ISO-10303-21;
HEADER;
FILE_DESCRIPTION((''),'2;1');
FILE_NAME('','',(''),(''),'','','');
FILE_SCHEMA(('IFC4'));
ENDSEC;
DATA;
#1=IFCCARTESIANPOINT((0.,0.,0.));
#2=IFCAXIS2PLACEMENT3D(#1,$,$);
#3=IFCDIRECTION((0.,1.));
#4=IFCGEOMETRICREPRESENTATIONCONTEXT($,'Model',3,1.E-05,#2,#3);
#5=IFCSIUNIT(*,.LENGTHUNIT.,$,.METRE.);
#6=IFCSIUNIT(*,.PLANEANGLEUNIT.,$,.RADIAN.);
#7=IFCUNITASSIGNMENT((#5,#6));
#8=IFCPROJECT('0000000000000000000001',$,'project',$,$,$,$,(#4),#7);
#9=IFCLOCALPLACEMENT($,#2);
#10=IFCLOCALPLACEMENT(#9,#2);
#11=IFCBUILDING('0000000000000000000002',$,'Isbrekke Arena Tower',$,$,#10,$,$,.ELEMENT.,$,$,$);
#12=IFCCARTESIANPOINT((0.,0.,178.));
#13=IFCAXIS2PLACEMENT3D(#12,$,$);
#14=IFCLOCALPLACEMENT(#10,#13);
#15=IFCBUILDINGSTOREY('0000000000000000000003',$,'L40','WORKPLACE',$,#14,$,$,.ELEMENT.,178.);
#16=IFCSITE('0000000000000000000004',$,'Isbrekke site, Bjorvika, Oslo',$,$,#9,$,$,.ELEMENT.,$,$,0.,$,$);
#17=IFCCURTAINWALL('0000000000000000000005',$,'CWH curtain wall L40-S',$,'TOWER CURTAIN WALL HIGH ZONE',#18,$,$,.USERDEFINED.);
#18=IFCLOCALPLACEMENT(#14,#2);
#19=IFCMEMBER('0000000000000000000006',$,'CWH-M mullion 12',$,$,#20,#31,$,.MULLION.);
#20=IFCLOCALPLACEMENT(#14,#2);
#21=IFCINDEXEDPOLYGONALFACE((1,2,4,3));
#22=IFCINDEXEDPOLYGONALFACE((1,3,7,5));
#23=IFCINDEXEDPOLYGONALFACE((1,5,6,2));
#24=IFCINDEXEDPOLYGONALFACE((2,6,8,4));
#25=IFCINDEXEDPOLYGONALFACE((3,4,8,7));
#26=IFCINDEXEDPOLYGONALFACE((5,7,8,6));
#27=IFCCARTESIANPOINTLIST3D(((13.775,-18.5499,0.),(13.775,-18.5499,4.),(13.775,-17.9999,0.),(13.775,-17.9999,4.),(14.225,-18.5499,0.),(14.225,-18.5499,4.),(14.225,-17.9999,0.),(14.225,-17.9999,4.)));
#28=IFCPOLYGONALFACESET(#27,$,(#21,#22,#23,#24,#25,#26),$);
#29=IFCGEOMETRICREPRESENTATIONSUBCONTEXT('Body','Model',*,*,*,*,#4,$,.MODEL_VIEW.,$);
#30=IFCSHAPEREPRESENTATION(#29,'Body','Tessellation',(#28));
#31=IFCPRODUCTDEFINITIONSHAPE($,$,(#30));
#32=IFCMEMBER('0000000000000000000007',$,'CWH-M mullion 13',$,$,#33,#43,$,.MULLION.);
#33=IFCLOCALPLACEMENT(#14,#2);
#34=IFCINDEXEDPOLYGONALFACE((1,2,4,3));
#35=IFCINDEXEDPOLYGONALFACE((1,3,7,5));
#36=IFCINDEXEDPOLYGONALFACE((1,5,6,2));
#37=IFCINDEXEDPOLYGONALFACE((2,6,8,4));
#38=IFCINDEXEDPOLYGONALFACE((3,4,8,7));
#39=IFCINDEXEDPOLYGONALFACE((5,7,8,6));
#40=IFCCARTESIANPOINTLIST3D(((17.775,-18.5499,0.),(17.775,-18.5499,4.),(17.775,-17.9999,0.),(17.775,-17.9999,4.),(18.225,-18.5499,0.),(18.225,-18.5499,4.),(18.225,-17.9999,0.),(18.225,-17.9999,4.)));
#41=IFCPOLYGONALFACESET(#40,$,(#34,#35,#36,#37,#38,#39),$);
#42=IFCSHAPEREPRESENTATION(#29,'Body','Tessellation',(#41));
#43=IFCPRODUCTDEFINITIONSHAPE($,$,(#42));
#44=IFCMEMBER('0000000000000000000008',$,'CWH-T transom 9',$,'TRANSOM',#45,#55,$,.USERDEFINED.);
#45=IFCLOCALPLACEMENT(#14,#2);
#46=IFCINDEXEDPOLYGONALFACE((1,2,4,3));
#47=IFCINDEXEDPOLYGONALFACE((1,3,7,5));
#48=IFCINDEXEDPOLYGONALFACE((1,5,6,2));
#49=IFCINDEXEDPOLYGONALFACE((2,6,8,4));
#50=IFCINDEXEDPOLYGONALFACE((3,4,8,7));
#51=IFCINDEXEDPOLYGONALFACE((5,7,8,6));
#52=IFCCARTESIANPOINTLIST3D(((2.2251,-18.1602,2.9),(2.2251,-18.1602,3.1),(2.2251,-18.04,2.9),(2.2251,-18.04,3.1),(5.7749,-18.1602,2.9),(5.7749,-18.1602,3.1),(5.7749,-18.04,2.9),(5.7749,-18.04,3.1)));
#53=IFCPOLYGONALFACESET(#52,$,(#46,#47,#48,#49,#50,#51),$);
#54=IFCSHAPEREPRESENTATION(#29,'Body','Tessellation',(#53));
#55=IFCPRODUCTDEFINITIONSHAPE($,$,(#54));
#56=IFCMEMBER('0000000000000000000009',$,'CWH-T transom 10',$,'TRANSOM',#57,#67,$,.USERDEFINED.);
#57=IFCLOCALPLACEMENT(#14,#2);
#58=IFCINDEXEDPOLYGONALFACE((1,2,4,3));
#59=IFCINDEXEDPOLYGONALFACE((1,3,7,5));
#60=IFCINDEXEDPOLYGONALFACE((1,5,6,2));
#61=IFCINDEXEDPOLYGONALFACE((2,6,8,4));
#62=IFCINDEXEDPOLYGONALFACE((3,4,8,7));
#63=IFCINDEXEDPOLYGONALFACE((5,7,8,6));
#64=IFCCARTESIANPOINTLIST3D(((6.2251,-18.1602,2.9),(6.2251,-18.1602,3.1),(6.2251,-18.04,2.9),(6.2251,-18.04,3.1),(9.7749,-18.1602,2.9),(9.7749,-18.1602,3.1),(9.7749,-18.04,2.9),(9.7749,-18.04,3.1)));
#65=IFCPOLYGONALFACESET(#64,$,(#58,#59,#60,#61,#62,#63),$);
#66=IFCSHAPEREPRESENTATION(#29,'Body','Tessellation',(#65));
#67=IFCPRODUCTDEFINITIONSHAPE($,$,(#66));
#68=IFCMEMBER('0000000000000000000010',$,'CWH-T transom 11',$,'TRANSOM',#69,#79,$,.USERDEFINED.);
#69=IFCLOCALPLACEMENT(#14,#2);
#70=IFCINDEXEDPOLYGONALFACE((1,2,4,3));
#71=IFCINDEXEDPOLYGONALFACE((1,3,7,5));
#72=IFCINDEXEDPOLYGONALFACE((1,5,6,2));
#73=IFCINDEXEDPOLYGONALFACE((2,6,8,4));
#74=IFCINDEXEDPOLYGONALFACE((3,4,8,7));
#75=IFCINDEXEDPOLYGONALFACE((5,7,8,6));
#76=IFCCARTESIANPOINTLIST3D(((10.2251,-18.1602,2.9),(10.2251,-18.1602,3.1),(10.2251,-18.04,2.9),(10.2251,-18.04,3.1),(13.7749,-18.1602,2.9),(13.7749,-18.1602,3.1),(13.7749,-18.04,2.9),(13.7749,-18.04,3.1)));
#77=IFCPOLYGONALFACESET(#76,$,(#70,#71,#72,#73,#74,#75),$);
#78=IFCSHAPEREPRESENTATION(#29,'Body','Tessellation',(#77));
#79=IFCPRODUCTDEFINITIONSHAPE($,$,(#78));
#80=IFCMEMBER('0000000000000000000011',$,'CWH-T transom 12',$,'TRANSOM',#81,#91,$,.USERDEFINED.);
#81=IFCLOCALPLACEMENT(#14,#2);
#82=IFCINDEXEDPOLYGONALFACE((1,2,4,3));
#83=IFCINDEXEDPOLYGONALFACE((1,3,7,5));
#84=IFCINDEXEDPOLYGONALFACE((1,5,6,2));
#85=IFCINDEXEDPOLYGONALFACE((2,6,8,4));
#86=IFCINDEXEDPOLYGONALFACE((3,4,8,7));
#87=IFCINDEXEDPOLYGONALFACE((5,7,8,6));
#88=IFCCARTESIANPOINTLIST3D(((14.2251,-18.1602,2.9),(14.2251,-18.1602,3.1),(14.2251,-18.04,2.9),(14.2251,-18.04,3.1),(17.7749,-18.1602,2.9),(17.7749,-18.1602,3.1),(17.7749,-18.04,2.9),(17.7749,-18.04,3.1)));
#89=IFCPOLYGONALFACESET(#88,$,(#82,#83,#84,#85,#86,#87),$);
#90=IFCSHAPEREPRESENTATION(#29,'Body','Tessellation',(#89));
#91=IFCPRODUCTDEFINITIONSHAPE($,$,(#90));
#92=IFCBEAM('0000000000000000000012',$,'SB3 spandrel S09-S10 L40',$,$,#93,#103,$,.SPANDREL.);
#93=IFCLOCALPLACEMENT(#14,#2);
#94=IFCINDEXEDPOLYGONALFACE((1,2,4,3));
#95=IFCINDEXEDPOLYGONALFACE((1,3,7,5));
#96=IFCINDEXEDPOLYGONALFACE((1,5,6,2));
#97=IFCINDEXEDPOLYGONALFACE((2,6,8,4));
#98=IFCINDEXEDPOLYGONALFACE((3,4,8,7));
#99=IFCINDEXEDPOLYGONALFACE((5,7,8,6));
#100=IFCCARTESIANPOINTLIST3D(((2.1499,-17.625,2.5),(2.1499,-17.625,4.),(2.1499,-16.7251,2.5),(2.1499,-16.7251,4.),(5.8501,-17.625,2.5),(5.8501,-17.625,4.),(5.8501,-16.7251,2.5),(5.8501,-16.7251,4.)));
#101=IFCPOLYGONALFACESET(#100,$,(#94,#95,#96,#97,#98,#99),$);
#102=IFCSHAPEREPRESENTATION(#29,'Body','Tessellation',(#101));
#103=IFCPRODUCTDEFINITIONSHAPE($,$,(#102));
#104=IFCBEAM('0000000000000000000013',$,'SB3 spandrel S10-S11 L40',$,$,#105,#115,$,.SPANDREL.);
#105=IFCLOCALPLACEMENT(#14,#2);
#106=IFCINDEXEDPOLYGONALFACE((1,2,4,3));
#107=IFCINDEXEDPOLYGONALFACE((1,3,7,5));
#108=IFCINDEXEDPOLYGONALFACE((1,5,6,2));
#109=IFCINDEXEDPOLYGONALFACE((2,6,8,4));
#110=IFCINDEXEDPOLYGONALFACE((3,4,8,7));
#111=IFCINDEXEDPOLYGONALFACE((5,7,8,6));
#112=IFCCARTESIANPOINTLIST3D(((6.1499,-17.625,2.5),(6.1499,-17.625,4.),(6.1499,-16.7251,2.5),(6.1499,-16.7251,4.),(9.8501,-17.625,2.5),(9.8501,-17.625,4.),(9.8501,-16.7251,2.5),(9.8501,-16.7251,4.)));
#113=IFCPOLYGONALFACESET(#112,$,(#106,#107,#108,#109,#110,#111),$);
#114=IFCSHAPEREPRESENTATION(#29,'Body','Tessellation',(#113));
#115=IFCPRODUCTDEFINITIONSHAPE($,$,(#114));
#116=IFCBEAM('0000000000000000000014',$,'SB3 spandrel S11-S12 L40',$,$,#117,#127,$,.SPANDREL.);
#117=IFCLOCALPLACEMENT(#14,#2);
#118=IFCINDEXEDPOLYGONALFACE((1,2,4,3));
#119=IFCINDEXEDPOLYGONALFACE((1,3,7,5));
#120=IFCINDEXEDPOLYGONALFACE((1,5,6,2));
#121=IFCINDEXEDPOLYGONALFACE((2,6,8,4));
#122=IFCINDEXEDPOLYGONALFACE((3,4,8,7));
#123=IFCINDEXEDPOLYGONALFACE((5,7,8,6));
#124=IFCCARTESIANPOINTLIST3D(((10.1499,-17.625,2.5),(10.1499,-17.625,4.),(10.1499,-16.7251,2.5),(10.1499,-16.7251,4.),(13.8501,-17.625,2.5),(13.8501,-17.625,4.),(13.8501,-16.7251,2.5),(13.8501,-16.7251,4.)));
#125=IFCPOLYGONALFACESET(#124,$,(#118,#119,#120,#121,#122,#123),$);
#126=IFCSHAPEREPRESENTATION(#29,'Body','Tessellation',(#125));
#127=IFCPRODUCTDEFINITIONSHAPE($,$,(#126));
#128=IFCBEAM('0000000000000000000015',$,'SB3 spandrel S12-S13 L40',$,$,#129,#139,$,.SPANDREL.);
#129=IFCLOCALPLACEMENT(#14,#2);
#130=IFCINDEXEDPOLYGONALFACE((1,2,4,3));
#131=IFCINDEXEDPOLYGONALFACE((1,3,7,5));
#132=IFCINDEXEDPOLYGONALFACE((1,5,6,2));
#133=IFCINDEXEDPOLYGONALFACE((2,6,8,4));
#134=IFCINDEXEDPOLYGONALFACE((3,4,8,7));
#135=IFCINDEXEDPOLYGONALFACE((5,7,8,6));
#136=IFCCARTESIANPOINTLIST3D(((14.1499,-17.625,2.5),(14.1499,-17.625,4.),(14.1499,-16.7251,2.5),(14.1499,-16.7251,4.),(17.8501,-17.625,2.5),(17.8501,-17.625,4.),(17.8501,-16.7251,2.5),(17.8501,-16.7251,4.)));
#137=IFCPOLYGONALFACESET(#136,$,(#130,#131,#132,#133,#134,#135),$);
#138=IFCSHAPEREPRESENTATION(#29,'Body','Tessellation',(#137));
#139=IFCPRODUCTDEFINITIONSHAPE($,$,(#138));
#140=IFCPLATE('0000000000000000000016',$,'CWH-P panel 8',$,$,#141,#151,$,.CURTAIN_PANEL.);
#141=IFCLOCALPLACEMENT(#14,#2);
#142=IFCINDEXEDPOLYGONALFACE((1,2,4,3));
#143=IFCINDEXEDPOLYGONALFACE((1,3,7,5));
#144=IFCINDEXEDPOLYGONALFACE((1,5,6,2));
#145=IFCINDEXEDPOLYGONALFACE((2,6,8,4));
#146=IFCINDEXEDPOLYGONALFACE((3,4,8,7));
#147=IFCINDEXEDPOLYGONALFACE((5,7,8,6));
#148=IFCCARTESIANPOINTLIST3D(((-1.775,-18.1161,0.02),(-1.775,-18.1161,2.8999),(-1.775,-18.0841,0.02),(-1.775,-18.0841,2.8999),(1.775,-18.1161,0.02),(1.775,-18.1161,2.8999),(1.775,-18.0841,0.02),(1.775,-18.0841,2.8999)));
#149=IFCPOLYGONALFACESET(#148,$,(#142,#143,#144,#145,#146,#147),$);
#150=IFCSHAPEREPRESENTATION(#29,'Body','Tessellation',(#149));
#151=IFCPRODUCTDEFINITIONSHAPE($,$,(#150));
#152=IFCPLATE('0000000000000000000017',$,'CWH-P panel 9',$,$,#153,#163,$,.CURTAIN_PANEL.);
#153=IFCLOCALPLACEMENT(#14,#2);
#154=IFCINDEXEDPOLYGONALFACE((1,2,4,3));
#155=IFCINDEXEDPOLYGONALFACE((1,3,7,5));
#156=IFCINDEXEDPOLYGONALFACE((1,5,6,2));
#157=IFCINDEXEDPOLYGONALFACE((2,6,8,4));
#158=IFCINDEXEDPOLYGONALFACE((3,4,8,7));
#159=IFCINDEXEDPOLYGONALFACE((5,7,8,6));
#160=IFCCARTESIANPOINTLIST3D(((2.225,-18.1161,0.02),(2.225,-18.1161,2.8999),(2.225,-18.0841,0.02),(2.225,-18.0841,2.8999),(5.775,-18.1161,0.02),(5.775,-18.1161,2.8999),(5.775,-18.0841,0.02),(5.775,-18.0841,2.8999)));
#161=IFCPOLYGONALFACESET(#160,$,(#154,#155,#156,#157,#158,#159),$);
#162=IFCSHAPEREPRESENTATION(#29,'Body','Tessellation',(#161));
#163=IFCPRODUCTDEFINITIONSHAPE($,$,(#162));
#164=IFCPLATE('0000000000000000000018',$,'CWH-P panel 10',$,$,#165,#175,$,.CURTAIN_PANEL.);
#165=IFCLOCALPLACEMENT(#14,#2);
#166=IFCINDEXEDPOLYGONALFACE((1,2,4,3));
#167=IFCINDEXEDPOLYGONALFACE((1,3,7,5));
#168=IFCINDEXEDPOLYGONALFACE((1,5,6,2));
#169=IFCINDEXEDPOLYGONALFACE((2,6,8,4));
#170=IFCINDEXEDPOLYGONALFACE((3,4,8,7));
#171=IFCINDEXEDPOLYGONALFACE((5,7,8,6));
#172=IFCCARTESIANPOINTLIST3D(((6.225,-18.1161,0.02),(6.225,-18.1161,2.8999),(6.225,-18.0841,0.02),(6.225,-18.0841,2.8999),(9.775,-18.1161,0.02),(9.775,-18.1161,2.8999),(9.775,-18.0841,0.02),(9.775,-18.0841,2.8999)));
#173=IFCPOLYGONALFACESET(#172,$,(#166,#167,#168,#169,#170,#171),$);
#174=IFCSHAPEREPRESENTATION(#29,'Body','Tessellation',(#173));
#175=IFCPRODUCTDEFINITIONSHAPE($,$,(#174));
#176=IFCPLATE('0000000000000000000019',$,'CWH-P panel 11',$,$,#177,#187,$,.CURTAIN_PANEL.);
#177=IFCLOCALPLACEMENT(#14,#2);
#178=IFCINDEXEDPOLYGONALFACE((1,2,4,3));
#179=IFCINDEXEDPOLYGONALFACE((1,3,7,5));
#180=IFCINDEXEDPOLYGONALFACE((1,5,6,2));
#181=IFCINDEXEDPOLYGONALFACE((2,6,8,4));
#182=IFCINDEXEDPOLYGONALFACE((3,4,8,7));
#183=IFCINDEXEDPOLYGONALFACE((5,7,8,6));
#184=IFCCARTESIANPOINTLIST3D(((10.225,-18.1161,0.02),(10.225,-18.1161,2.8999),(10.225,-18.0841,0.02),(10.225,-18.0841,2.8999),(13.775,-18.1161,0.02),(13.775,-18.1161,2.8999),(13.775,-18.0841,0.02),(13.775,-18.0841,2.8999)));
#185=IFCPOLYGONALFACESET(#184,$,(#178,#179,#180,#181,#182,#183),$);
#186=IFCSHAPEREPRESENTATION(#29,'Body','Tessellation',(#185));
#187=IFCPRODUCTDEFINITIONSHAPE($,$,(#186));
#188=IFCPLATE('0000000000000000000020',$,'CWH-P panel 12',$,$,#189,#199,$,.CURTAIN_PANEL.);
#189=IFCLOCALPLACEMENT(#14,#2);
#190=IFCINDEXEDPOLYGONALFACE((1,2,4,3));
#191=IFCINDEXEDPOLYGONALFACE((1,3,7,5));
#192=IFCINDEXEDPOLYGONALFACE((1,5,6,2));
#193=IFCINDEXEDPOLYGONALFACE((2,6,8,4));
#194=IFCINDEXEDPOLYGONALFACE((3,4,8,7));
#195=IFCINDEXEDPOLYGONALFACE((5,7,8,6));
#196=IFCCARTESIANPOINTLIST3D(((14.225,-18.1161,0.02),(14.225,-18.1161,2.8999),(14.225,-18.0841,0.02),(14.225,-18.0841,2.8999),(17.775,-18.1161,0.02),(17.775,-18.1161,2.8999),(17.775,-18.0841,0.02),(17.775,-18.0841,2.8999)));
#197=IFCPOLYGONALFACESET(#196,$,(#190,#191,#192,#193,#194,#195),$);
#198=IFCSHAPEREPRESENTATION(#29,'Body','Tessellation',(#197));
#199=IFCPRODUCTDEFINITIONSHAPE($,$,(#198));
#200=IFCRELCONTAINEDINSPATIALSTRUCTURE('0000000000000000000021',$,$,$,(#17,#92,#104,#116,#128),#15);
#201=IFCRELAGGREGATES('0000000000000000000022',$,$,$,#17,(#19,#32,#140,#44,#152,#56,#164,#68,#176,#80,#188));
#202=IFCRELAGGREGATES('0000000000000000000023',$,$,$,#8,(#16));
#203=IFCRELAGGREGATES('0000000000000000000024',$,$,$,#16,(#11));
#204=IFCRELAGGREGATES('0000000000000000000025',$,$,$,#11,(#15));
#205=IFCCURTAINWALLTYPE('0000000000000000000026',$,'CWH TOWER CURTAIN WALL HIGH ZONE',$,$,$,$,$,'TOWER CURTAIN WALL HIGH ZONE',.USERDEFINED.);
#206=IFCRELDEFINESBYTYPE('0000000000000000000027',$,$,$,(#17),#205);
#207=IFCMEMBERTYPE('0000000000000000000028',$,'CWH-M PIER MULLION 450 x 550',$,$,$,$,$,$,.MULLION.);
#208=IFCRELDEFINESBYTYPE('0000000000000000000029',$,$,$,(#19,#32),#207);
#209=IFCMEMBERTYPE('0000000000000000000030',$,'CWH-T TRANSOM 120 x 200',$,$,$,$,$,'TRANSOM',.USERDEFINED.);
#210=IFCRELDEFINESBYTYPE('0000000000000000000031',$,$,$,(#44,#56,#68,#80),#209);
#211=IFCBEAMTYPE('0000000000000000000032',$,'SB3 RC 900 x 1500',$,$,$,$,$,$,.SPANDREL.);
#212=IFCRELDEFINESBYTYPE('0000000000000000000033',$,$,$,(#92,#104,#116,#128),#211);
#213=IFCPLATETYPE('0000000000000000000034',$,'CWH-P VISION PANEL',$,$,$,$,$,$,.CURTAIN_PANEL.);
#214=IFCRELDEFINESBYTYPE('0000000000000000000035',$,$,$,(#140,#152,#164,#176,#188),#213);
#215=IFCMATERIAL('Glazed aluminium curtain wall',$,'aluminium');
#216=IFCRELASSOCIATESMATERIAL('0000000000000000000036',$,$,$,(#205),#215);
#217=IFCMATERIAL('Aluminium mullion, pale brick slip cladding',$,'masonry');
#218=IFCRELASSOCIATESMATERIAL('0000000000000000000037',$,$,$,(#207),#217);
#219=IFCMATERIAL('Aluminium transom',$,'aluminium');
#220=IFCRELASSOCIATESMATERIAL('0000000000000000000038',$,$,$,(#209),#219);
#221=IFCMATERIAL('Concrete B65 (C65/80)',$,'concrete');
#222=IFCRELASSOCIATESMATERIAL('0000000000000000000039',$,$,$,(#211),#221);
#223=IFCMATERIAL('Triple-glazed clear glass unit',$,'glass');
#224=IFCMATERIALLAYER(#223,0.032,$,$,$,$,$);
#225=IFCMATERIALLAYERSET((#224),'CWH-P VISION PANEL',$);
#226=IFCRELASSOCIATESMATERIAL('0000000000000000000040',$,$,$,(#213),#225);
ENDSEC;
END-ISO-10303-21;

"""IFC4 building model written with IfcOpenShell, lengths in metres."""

from ifc_helpers import new_model, si_unit, direction, frame, origin, origin_2d, place, context, subcontext, project, spatial, rectangle, extrude, material, layer, layer_set, material_profile, profile_set, type_object, element, aggregate, save


model = new_model("IFC4")

# Units and contexts
model_context = context("Model", 3, precision=1e-05, world=origin(), true_north=direction((0.0, 1.0)))
body_context = subcontext(model_context, "Body", "Model", "MODEL_VIEW")
ifc_project = project(units=[si_unit("LENGTHUNIT", "METRE"), si_unit("PLANEANGLEUNIT", "RADIAN")], contexts=[model_context])

# Site, building, storey
site_placement = place(None, origin())
site = spatial("IfcSite", under=ifc_project, at=site_placement, Name="Isbrekke site, Bjorvika, Oslo", CompositionType="ELEMENT", RefElevation=0.0)
building_placement = place(site_placement, origin())
building = spatial("IfcBuilding", under=site, at=building_placement, Name="Isbrekke Arena Tower", CompositionType="ELEMENT")
storey_placement = place(building_placement, frame((0.0, 0.0, 178.0)))
storey = spatial("IfcBuildingStorey", under=building, at=storey_placement, Name="L40", Description="WORKPLACE", CompositionType="ELEMENT", Elevation=178.0)

# Curtain wall, members
ifc_material_1 = material(Name="Glazed aluminium curtain wall", Category="aluminium")
curtain_wall_type = type_object("IfcCurtainWallType", Name="CWH TOWER CURTAIN WALL HIGH ZONE", ElementType="TOWER CURTAIN WALL HIGH ZONE", PredefinedType="USERDEFINED", material=ifc_material_1)
curtain_wall_placement = place(storey_placement, origin())
curtain_wall = element("IfcCurtainWall", 1, at=curtain_wall_placement, inside=storey, type_object=curtain_wall_type, Name="CWH curtain wall L40-S", ObjectType="TOWER CURTAIN WALL HIGH ZONE", PredefinedType="USERDEFINED")
ifc_material_2 = material(Name="Aluminium mullion, pale brick slip cladding", Category="masonry")
ifc_material_profile_1 = material_profile(ifc_material_2, rectangle(XDim=0.45, YDim=0.55, at=origin_2d()), Name="PIER 450X550")
ifc_profile_set_1 = profile_set([ifc_material_profile_1], Name="Aluminium mullion, pale brick slip cladding")
member_type_1 = type_object("IfcMemberType", Name="CWH-M PIER MULLION 450 x 550", PredefinedType="MULLION", material=ifc_profile_set_1)
member_1_placement = place(storey_placement, frame((14.0, -18.2749, 0.0), z_axis=(0.0, 0.0, 1.0), x_axis=(1.0, 0.0, 0.0)))
member_1 = element("IfcMember", 2, at=member_1_placement, type_object=member_type_1, Name="CWH-M mullion 12", PredefinedType="MULLION", context=body_context, shape_type="SweptSolid", body=[
    extrude(rectangle(XDim=0.45, YDim=0.55, at=origin_2d()), origin(), (0.0, 0.0, 1.0), 4.0),
])
member_2_placement = place(storey_placement, frame((18.0, -18.2749, 0.0), z_axis=(0.0, 0.0, 1.0), x_axis=(1.0, 0.0, 0.0)))
member_2 = element("IfcMember", 3, at=member_2_placement, type_object=member_type_1, Name="CWH-M mullion 13", PredefinedType="MULLION", context=body_context, shape_type="SweptSolid", body=[
    extrude(rectangle(XDim=0.45, YDim=0.55, at=origin_2d()), origin(), (0.0, 0.0, 1.0), 4.0),
])
ifc_material_3 = material(Name="Aluminium transom", Category="aluminium")
ifc_material_profile_2 = material_profile(ifc_material_3, rectangle(XDim=0.1201, YDim=0.2, at=origin_2d()), Name="TRANSOM 120X200")
ifc_profile_set_2 = profile_set([ifc_material_profile_2], Name="Aluminium transom")
member_type_2 = type_object("IfcMemberType", Name="CWH-T TRANSOM 120 x 200", ElementType="TRANSOM", PredefinedType="USERDEFINED", material=ifc_profile_set_2)
member_3_placement = place(storey_placement, frame((2.2251, -18.1001, 3.0), z_axis=(1.0, 0.0, 0.0), x_axis=(0.0, 1.0, 0.0)))
member_3 = element("IfcMember", 4, at=member_3_placement, type_object=member_type_2, Name="CWH-T transom 9", ObjectType="TRANSOM", PredefinedType="USERDEFINED", context=body_context, shape_type="SweptSolid", body=[
    extrude(rectangle(XDim=0.1201, YDim=0.2, at=origin_2d()), origin(), (0.0, 0.0, 1.0), 3.5498),
])
member_4_placement = place(storey_placement, frame((6.2251, -18.1001, 3.0), z_axis=(1.0, 0.0, 0.0), x_axis=(0.0, 1.0, 0.0)))
member_4 = element("IfcMember", 5, at=member_4_placement, type_object=member_type_2, Name="CWH-T transom 10", ObjectType="TRANSOM", PredefinedType="USERDEFINED", context=body_context, shape_type="SweptSolid", body=[
    extrude(rectangle(XDim=0.1201, YDim=0.2, at=origin_2d()), origin(), (0.0, 0.0, 1.0), 3.5498),
])
member_5_placement = place(storey_placement, frame((10.2251, -18.1001, 3.0), z_axis=(1.0, 0.0, 0.0), x_axis=(0.0, 1.0, 0.0)))
member_5 = element("IfcMember", 6, at=member_5_placement, type_object=member_type_2, Name="CWH-T transom 11", ObjectType="TRANSOM", PredefinedType="USERDEFINED", context=body_context, shape_type="SweptSolid", body=[
    extrude(rectangle(XDim=0.1201, YDim=0.2, at=origin_2d()), origin(), (0.0, 0.0, 1.0), 3.5498),
])
member_6_placement = place(storey_placement, frame((14.2251, -18.1001, 3.0), z_axis=(1.0, 0.0, 0.0), x_axis=(0.0, 1.0, 0.0)))
member_6 = element("IfcMember", 7, at=member_6_placement, type_object=member_type_2, Name="CWH-T transom 12", ObjectType="TRANSOM", PredefinedType="USERDEFINED", context=body_context, shape_type="SweptSolid", body=[
    extrude(rectangle(XDim=0.1201, YDim=0.2, at=origin_2d()), origin(), (0.0, 0.0, 1.0), 3.5498),
])

# Beams
ifc_material_4 = material(Name="Concrete B65 (C65/80)", Category="concrete")
ifc_material_profile_3 = material_profile(ifc_material_4, rectangle(XDim=0.8999, YDim=1.5, at=origin_2d()), Name="RC 900x1500")
ifc_profile_set_3 = profile_set([ifc_material_profile_3], Name="Concrete B65 (C65/80)")
beam_type_1 = type_object("IfcBeamType", Name="SB3 RC 900 x 1500", PredefinedType="SPANDREL", material=ifc_profile_set_3)
for number, where, z_axis, x_axis, name in (
    (8, (2.1499, -17.175, 3.25), (1.0, 0.0, 0.0), (0.0, 1.0, 0.0), "SB3 spandrel S09-S10 L40"),
    (9, (6.1499, -17.175, 3.25), (1.0, 0.0, 0.0), (0.0, 1.0, 0.0), "SB3 spandrel S10-S11 L40"),
    (10, (10.1499, -17.175, 3.25), (1.0, 0.0, 0.0), (0.0, 1.0, 0.0), "SB3 spandrel S11-S12 L40"),
    (11, (14.1499, -17.175, 3.25), (1.0, 0.0, 0.0), (0.0, 1.0, 0.0), "SB3 spandrel S12-S13 L40"),
):
    element("IfcBeam", number, at=place(storey_placement, frame(where, z_axis=z_axis, x_axis=x_axis)), inside=storey, type_object=beam_type_1, Name=name, PredefinedType="SPANDREL", context=body_context, shape_type="SweptSolid", body=[
        extrude(rectangle(XDim=0.8999, YDim=1.5, at=origin_2d()), origin(), (0.0, 0.0, 1.0), 3.7002),
    ])

# Plates
ifc_material_5 = material(Name="Triple-glazed clear glass unit", Category="glass")
ifc_layer = layer(ifc_material_5, 0.032)
ifc_layer_set = layer_set([ifc_layer], Name="CWH-P VISION PANEL")
plate_type = type_object("IfcPlateType", Name="CWH-P VISION PANEL", PredefinedType="CURTAIN_PANEL", material=ifc_layer_set)
plate_1_placement = place(storey_placement, frame((0.0, -18.1001, 0.02), z_axis=(0.0, 0.0, 1.0), x_axis=(1.0, 0.0, 0.0)))
plate_1 = element("IfcPlate", 12, at=plate_1_placement, type_object=plate_type, Name="CWH-P panel 8", PredefinedType="CURTAIN_PANEL", context=body_context, shape_type="SweptSolid", body=[
    extrude(rectangle(XDim=3.55, YDim=0.032, at=origin_2d()), origin(), (0.0, 0.0, 1.0), 2.8799),
])
plate_2_placement = place(storey_placement, frame((4.0, -18.1001, 0.02), z_axis=(0.0, 0.0, 1.0), x_axis=(1.0, 0.0, 0.0)))
plate_2 = element("IfcPlate", 13, at=plate_2_placement, type_object=plate_type, Name="CWH-P panel 9", PredefinedType="CURTAIN_PANEL", context=body_context, shape_type="SweptSolid", body=[
    extrude(rectangle(XDim=3.55, YDim=0.032, at=origin_2d()), origin(), (0.0, 0.0, 1.0), 2.8799),
])
plate_3_placement = place(storey_placement, frame((8.0, -18.1001, 0.02), z_axis=(0.0, 0.0, 1.0), x_axis=(1.0, 0.0, 0.0)))
plate_3 = element("IfcPlate", 14, at=plate_3_placement, type_object=plate_type, Name="CWH-P panel 10", PredefinedType="CURTAIN_PANEL", context=body_context, shape_type="SweptSolid", body=[
    extrude(rectangle(XDim=3.55, YDim=0.032, at=origin_2d()), origin(), (0.0, 0.0, 1.0), 2.8799),
])
plate_4_placement = place(storey_placement, frame((12.0, -18.1001, 0.02), z_axis=(0.0, 0.0, 1.0), x_axis=(1.0, 0.0, 0.0)))
plate_4 = element("IfcPlate", 15, at=plate_4_placement, type_object=plate_type, Name="CWH-P panel 11", PredefinedType="CURTAIN_PANEL", context=body_context, shape_type="SweptSolid", body=[
    extrude(rectangle(XDim=3.55, YDim=0.032, at=origin_2d()), origin(), (0.0, 0.0, 1.0), 2.8799),
])
plate_5_placement = place(storey_placement, frame((16.0, -18.1001, 0.02), z_axis=(0.0, 0.0, 1.0), x_axis=(1.0, 0.0, 0.0)))
plate_5 = element("IfcPlate", 16, at=plate_5_placement, type_object=plate_type, Name="CWH-P panel 12", PredefinedType="CURTAIN_PANEL", context=body_context, shape_type="SweptSolid", body=[
    extrude(rectangle(XDim=3.55, YDim=0.032, at=origin_2d()), origin(), (0.0, 0.0, 1.0), 2.8799),
])
aggregate(curtain_wall, [member_1, member_2, plate_1, member_3, plate_2, member_4, plate_3, member_5, plate_4, member_6, plate_5])

save(model, "model.ifc")
